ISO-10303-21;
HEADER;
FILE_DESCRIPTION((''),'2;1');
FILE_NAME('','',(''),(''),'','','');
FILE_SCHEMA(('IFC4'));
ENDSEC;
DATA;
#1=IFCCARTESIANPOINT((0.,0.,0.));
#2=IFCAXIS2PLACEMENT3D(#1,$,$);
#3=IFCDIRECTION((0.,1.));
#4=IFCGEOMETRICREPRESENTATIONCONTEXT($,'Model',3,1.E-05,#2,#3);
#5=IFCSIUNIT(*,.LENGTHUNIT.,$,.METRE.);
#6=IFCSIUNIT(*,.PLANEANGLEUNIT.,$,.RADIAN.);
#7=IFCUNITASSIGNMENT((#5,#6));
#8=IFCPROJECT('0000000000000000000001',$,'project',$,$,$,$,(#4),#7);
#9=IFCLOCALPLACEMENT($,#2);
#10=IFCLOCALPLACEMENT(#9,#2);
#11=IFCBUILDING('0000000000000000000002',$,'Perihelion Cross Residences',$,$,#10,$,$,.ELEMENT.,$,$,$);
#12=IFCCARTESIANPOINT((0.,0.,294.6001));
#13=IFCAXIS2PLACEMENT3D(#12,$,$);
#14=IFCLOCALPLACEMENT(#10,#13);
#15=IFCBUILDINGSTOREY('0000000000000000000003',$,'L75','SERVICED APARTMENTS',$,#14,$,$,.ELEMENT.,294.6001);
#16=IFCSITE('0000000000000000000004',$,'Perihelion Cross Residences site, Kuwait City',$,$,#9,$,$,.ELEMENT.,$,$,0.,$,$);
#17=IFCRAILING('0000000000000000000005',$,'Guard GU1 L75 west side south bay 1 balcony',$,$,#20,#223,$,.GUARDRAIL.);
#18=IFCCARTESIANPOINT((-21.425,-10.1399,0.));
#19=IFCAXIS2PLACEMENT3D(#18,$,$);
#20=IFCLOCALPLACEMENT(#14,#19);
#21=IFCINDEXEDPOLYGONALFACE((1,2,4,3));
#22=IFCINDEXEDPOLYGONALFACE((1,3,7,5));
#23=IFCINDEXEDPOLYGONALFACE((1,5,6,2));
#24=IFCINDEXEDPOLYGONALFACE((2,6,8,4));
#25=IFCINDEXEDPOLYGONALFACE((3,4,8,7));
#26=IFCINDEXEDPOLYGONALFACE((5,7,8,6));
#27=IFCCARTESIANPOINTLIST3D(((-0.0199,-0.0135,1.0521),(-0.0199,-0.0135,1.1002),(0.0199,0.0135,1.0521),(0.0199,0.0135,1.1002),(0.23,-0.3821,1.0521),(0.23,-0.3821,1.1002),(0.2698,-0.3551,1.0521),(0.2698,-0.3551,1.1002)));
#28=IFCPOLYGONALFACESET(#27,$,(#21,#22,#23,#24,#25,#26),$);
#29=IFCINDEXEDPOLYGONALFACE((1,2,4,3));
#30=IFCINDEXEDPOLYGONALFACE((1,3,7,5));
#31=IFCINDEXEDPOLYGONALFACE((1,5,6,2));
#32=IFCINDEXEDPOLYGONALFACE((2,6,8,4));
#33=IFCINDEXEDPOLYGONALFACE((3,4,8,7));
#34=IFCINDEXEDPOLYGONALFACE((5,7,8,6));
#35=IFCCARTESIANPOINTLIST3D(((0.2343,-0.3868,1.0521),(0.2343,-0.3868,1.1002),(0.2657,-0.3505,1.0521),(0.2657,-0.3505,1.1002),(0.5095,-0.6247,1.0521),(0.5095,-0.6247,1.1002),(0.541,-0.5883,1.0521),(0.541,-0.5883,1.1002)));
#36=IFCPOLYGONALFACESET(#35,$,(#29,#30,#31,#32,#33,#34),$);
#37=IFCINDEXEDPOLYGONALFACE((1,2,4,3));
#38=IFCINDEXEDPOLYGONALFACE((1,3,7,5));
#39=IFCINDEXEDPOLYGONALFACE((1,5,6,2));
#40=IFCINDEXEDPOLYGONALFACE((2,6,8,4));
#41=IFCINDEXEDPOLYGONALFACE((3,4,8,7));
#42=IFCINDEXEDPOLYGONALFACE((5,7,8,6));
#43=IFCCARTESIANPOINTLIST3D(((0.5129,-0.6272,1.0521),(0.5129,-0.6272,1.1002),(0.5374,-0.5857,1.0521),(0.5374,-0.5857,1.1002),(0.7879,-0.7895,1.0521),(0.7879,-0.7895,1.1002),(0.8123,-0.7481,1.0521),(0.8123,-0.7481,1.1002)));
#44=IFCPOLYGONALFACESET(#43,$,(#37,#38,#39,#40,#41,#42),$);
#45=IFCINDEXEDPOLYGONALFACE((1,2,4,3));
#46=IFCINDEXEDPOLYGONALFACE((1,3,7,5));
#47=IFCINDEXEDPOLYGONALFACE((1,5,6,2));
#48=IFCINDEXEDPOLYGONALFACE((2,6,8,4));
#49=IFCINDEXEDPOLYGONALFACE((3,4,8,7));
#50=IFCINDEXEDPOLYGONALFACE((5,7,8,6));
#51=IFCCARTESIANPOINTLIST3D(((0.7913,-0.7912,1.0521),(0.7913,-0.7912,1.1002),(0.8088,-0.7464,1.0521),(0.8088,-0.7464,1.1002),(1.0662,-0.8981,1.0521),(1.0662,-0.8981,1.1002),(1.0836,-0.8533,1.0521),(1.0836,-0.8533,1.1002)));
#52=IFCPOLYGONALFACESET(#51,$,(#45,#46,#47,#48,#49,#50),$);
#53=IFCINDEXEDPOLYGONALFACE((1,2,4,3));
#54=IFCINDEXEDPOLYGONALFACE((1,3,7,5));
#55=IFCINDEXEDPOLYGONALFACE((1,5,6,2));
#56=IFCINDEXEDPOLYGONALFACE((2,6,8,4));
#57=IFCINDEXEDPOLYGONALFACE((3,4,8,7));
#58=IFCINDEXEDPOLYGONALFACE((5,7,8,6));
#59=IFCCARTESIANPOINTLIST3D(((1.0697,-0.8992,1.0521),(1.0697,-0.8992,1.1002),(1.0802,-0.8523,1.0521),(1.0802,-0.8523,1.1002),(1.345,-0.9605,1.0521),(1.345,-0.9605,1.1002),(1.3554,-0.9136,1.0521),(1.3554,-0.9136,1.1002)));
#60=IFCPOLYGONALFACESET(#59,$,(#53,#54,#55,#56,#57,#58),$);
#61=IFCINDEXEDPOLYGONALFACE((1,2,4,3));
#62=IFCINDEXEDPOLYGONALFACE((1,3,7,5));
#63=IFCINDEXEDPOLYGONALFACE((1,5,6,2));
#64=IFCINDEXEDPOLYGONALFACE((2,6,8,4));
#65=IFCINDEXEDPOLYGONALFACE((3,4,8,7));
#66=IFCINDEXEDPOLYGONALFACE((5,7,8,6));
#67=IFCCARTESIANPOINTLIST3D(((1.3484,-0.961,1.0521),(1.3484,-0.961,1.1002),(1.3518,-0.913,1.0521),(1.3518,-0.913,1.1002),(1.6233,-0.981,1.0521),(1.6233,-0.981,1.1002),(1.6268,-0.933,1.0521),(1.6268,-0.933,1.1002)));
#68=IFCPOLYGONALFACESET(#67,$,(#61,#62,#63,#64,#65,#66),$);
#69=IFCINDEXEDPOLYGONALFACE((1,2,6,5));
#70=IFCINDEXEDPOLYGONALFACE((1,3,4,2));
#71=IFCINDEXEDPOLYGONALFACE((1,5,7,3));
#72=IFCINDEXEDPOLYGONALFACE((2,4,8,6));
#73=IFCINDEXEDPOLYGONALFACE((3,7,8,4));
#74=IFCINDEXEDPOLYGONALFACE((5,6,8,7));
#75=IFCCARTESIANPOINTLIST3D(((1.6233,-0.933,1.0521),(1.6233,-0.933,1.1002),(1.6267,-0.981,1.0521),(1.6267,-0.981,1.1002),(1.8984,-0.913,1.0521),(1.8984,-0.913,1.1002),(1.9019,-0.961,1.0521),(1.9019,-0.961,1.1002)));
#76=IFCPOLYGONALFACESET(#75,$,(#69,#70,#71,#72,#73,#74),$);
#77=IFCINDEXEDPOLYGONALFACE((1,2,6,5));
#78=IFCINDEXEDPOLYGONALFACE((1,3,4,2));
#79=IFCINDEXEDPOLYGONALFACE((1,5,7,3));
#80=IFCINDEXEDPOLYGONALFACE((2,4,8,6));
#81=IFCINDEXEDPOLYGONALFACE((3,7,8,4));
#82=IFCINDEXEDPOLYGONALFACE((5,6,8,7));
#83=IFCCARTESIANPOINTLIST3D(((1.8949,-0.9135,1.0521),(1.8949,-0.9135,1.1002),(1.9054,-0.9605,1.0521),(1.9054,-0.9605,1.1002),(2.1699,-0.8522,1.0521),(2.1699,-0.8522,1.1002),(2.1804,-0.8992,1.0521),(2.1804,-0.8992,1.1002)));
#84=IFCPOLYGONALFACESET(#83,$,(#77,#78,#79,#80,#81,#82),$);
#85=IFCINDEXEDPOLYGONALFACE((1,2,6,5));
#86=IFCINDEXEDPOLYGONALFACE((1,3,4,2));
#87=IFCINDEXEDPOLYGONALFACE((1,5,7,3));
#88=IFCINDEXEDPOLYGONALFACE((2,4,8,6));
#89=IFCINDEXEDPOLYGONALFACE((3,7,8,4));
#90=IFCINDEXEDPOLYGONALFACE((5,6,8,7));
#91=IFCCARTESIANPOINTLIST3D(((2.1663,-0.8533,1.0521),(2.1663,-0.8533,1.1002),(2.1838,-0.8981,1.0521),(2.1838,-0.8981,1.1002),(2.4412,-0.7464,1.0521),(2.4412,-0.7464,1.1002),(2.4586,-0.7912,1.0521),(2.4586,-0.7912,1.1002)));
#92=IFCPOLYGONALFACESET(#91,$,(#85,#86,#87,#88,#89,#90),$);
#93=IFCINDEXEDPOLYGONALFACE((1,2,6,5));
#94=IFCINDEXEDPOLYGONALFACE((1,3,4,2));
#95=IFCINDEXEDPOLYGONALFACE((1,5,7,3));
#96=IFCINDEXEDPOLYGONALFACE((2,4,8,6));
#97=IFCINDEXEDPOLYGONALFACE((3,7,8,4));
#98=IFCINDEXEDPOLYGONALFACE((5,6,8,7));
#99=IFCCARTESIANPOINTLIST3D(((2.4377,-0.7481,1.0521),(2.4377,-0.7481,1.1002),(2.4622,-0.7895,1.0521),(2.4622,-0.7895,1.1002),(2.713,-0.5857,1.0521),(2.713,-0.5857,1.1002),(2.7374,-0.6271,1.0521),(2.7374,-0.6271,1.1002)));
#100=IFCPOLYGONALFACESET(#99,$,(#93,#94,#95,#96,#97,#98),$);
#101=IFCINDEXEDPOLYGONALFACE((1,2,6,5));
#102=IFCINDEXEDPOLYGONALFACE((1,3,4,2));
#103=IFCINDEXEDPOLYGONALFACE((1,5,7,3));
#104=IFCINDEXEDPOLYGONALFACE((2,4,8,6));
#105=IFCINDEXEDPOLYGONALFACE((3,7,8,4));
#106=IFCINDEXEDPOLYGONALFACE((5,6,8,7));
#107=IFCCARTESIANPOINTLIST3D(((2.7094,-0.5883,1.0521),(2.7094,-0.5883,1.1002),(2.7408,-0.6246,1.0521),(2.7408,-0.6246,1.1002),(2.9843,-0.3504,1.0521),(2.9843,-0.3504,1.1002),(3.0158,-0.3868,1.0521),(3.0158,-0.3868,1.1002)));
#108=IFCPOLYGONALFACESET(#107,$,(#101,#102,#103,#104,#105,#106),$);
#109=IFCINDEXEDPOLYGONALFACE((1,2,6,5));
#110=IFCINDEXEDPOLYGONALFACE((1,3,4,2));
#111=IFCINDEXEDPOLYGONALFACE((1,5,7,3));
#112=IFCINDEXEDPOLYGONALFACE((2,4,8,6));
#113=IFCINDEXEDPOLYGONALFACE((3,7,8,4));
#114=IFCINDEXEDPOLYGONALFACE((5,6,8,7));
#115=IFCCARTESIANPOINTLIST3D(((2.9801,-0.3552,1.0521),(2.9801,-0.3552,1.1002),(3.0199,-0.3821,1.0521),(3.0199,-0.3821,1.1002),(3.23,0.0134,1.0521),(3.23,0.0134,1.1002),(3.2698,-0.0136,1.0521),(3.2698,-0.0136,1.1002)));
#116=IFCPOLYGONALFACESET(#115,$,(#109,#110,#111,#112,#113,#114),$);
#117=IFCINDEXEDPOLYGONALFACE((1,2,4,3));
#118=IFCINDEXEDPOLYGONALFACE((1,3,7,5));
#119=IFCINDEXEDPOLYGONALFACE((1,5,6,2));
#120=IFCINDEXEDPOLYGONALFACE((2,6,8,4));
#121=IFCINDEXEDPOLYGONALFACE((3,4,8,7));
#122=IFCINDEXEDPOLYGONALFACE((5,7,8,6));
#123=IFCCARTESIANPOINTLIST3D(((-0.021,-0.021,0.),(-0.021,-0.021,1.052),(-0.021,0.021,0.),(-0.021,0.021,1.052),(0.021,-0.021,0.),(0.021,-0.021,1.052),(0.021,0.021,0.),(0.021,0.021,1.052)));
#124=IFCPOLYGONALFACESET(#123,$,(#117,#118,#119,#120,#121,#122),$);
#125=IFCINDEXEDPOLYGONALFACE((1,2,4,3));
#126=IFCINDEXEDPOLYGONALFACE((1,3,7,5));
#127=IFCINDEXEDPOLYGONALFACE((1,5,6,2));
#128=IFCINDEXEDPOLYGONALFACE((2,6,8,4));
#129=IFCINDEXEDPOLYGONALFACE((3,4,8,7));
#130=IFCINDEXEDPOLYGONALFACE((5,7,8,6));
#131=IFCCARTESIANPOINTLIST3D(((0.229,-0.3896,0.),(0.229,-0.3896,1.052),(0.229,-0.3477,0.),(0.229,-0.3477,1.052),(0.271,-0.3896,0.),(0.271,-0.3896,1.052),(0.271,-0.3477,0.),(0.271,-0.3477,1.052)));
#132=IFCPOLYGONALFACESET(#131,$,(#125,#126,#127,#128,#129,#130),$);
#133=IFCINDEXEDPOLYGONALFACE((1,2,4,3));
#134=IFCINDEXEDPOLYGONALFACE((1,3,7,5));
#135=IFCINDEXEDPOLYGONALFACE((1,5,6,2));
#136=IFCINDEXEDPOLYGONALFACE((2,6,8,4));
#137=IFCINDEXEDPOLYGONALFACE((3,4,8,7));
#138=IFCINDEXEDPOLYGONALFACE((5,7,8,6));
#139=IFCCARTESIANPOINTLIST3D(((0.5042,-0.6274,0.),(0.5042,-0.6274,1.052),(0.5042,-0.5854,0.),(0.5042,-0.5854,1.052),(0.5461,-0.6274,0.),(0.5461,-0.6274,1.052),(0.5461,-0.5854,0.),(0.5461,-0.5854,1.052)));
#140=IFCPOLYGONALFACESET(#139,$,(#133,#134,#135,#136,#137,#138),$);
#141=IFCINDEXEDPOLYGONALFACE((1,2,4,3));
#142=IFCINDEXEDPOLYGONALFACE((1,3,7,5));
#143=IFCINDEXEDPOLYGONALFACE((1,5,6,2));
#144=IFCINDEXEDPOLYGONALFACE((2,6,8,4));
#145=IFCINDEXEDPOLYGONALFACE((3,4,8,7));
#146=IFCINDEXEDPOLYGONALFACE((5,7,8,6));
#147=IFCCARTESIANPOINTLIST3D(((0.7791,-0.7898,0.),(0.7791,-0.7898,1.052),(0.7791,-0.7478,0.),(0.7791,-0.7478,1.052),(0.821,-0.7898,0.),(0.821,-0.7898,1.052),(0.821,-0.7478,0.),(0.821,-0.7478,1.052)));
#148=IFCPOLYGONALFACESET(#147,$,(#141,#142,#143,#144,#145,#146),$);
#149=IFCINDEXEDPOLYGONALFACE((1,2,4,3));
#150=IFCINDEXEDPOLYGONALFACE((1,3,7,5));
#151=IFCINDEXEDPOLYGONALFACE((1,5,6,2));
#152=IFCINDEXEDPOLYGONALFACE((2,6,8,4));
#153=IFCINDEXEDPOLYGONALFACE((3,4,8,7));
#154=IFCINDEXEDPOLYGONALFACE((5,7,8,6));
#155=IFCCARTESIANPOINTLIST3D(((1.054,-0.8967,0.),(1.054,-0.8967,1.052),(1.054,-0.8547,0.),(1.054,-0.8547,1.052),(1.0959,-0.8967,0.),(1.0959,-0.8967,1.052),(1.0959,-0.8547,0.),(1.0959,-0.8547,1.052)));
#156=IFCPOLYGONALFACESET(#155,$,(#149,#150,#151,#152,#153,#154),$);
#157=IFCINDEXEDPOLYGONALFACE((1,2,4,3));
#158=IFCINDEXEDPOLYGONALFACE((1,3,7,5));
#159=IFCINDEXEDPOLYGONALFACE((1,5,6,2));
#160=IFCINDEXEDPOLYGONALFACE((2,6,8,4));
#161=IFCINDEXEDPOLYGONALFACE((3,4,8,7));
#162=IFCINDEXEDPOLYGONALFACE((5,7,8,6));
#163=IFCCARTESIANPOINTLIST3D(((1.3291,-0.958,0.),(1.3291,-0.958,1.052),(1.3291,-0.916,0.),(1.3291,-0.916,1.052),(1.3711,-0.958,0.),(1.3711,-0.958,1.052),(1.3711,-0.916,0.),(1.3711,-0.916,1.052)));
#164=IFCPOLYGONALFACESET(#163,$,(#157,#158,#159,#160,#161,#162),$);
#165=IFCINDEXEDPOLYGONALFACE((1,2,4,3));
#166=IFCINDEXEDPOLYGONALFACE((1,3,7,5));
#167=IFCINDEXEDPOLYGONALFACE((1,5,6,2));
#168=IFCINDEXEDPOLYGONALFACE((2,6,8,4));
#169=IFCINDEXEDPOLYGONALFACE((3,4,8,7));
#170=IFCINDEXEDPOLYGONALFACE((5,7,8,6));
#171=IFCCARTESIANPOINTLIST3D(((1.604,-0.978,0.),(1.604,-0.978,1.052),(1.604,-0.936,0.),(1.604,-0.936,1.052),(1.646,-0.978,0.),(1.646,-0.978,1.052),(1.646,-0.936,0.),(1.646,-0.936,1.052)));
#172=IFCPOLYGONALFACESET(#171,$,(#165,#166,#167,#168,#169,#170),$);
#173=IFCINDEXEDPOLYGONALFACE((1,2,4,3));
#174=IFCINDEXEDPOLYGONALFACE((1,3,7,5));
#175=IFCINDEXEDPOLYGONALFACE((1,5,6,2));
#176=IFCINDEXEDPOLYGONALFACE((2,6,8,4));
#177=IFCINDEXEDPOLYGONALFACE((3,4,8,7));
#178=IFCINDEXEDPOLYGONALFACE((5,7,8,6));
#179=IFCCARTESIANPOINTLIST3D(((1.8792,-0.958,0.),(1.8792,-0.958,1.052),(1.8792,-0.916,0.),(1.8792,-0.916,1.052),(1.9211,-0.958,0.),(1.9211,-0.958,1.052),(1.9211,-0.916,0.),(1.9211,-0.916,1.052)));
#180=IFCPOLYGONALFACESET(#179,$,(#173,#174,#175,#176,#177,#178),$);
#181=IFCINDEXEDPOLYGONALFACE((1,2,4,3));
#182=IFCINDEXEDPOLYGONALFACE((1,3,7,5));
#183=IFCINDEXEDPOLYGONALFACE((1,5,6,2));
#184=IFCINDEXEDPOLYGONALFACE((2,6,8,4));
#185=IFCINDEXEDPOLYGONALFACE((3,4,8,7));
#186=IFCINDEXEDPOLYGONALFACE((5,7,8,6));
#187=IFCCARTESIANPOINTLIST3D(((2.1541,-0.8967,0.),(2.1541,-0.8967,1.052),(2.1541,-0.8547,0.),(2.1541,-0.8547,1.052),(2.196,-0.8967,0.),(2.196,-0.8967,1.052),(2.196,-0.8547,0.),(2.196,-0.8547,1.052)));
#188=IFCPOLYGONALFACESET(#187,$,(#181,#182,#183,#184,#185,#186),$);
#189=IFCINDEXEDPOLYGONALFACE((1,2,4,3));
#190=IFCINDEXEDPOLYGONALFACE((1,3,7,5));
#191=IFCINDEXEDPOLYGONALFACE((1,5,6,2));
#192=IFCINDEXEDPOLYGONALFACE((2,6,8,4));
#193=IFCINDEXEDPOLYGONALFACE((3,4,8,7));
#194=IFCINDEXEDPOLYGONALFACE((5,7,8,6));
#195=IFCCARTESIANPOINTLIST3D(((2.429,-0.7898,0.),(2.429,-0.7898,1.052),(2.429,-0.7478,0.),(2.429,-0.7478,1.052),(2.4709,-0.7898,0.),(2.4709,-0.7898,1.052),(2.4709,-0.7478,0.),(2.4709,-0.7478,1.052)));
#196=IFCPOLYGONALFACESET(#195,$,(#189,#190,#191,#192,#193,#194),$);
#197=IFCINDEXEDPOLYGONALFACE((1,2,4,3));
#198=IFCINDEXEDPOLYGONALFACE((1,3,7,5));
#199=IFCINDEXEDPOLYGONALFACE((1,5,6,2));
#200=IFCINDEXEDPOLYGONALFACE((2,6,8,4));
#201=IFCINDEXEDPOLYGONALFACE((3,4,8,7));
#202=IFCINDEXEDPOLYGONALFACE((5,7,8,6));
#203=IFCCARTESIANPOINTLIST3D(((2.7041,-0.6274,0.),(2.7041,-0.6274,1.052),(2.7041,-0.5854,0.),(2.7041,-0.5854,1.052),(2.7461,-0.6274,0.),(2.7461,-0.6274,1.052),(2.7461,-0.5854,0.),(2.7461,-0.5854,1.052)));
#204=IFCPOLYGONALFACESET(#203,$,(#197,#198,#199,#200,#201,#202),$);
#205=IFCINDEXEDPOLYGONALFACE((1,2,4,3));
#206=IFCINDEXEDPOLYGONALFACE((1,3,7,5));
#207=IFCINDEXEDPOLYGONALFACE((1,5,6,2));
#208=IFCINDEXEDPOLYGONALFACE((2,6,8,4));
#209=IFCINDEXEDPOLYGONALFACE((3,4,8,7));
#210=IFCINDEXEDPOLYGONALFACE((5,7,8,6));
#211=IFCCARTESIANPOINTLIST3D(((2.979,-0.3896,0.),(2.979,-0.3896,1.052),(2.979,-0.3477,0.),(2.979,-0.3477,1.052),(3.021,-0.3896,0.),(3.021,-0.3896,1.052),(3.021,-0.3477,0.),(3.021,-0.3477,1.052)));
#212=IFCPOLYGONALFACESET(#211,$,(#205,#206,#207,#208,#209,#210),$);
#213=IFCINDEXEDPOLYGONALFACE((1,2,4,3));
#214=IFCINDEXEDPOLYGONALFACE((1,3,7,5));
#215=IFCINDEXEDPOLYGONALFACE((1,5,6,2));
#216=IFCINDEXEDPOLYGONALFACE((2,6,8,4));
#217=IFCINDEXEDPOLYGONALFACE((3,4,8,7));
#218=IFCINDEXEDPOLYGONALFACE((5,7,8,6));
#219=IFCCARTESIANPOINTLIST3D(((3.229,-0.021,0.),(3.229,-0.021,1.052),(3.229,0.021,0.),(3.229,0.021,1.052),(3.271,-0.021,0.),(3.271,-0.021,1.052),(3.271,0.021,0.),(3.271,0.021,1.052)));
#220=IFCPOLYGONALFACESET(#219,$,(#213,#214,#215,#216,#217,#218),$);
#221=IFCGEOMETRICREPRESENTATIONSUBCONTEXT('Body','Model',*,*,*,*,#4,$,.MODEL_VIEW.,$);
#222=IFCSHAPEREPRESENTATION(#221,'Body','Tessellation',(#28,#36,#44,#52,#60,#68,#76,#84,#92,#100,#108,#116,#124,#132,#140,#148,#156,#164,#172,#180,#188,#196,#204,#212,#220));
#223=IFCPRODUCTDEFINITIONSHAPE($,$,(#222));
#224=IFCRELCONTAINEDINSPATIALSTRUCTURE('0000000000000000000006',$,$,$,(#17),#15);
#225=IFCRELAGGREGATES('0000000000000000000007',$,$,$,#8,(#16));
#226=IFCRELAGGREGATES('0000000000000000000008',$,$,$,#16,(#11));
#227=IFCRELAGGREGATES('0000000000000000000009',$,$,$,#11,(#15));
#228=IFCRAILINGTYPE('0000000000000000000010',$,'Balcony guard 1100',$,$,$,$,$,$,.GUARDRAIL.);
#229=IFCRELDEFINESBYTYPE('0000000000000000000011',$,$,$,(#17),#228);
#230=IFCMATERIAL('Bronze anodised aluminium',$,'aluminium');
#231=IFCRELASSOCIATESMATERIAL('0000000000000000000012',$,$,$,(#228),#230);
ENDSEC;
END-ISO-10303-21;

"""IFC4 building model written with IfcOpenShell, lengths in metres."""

from ifc_helpers import new_model, si_unit, direction, frame, origin, origin_2d, place, context, subcontext, project, spatial, rectangle, extrude, material, type_object, element, save


model = new_model("IFC4")

# Units and contexts
model_context = context("Model", 3, precision=1e-05, world=origin(), true_north=direction((0.0, 1.0)))
body_context = subcontext(model_context, "Body", "Model", "MODEL_VIEW")
ifc_project = project(units=[si_unit("LENGTHUNIT", "METRE"), si_unit("PLANEANGLEUNIT", "RADIAN")], contexts=[model_context])

# Site, building, storey
site_placement = place(None, origin())
site = spatial("IfcSite", under=ifc_project, at=site_placement, Name="Perihelion Cross Residences site, Kuwait City", CompositionType="ELEMENT", RefElevation=0.0)
building_placement = place(site_placement, origin())
building = spatial("IfcBuilding", under=site, at=building_placement, Name="Perihelion Cross Residences", CompositionType="ELEMENT")
storey_placement = place(building_placement, frame((0.0, 0.0, 294.6001)))
storey = spatial("IfcBuildingStorey", under=building, at=storey_placement, Name="L75", Description="SERVICED APARTMENTS", CompositionType="ELEMENT", Elevation=294.6001)

# Railing
ifc_material_1 = material(Name="Bronze anodised aluminium", Category="aluminium")
railing_type_1 = type_object("IfcRailingType", Name="Balcony guard 1100", PredefinedType="GUARDRAIL", material=ifc_material_1)
railing_1_placement = place(storey_placement, frame((-21.425, -10.1399, 0.0)))
element("IfcRailing", 1, at=railing_1_placement, inside=storey, type_object=railing_type_1, Name="Guard GU1 L75 west side south bay 1 balcony", PredefinedType="GUARDRAIL", context=body_context, shape_type="SweptSolid", body=[
    extrude(rectangle(XDim=0.0481, YDim=0.0481, at=origin_2d()), frame((0.0, 0.0, 1.0762), z_axis=(0.56126, -0.827639, 0.0), x_axis=(0.827639, 0.56126, 0.0)), (0.0, 0.0, 1.0), 0.4453),
    extrude(rectangle(XDim=0.0481, YDim=0.0481, at=origin_2d()), frame((0.25, -0.3687, 1.0762), z_axis=(0.756597, -0.653882, 0.0), x_axis=(0.653882, 0.756597, 0.0)), (0.0, 0.0, 1.0), 0.3638),
    extrude(rectangle(XDim=0.0481, YDim=0.0481, at=origin_2d()), frame((0.5251, -0.6064, 1.0762), z_axis=(0.861048, -0.508523, 0.0), x_axis=(0.508523, 0.861048, 0.0)), (0.0, 0.0, 1.0), 0.3193),
    extrude(rectangle(XDim=0.0481, YDim=0.0481, at=origin_2d()), frame((0.8, -0.7688, 1.0762), z_axis=(0.931974, -0.362526, 0.0), x_axis=(0.362526, 0.931974, 0.0)), (0.0, 0.0, 1.0), 0.2949),
    extrude(rectangle(XDim=0.0481, YDim=0.0481, at=origin_2d()), frame((1.075, -0.8757, 1.0762), z_axis=(0.976085, -0.217389, 0.0), x_axis=(0.217389, 0.976085, 0.0)), (0.0, 0.0, 1.0), 0.282),
    extrude(rectangle(XDim=0.0481, YDim=0.0481, at=origin_2d()), frame((1.3501, -0.937, 1.0762), z_axis=(0.997359, -0.072632, 0.0), x_axis=(0.072632, 0.997359, 0.0)), (0.0, 0.0, 1.0), 0.2756),
    extrude(rectangle(XDim=0.0481, YDim=0.0481, at=origin_2d()), frame((1.625, -0.957, 1.0762), z_axis=(0.997363, 0.072568, 0.0), x_axis=(-0.072568, 0.997363, 0.0)), (0.0, 0.0, 1.0), 0.2759),
    extrude(rectangle(XDim=0.0481, YDim=0.0481, at=origin_2d()), frame((1.9001, -0.937, 1.0762), z_axis=(0.976044, 0.217573, 0.0), x_axis=(-0.217573, 0.976044, 0.0)), (0.0, 0.0, 1.0), 0.2817),
    extrude(rectangle(XDim=0.0481, YDim=0.0481, at=origin_2d()), frame((2.175, -0.8757, 1.0762), z_axis=(0.931974, 0.362526, 0.0), x_axis=(-0.362526, 0.931974, 0.0)), (0.0, 0.0, 1.0), 0.2949),
    extrude(rectangle(XDim=0.0481, YDim=0.0481, at=origin_2d()), frame((2.45, -0.7688, 1.0762), z_axis=(0.861246, 0.508189, 0.0), x_axis=(-0.508189, 0.861246, 0.0)), (0.0, 0.0, 1.0), 0.3196),
    extrude(rectangle(XDim=0.0481, YDim=0.0481, at=origin_2d()), frame((2.7251, -0.6064, 1.0762), z_axis=(0.756309, 0.654214, 0.0), x_axis=(-0.654214, 0.756309, 0.0)), (0.0, 0.0, 1.0), 0.3635),
    extrude(rectangle(XDim=0.0481, YDim=0.0481, at=origin_2d()), frame((3.0, -0.3687, 1.0762), z_axis=(0.56126, 0.827639, 0.0), x_axis=(-0.827639, 0.56126, 0.0)), (0.0, 0.0, 1.0), 0.4453),
    extrude(rectangle(XDim=0.042, YDim=0.042, at=origin_2d()), origin(), (0.0, 0.0, 1.0), 1.052),
    extrude(rectangle(XDim=0.042, YDim=0.042, at=origin_2d()), frame((0.25, -0.3687, 0.0)), (0.0, 0.0, 1.0), 1.052),
    extrude(rectangle(XDim=0.042, YDim=0.042, at=origin_2d()), frame((0.5251, -0.6064, 0.0)), (0.0, 0.0, 1.0), 1.052),
    extrude(rectangle(XDim=0.042, YDim=0.042, at=origin_2d()), frame((0.8, -0.7688, 0.0)), (0.0, 0.0, 1.0), 1.052),
    extrude(rectangle(XDim=0.042, YDim=0.042, at=origin_2d()), frame((1.075, -0.8757, 0.0)), (0.0, 0.0, 1.0), 1.052),
    extrude(rectangle(XDim=0.042, YDim=0.042, at=origin_2d()), frame((1.3501, -0.937, 0.0)), (0.0, 0.0, 1.0), 1.052),
    extrude(rectangle(XDim=0.042, YDim=0.042, at=origin_2d()), frame((1.625, -0.957, 0.0)), (0.0, 0.0, 1.0), 1.052),
    extrude(rectangle(XDim=0.042, YDim=0.042, at=origin_2d()), frame((1.9001, -0.937, 0.0)), (0.0, 0.0, 1.0), 1.052),
    extrude(rectangle(XDim=0.042, YDim=0.042, at=origin_2d()), frame((2.175, -0.8757, 0.0)), (0.0, 0.0, 1.0), 1.052),
    extrude(rectangle(XDim=0.042, YDim=0.042, at=origin_2d()), frame((2.45, -0.7688, 0.0)), (0.0, 0.0, 1.0), 1.052),
    extrude(rectangle(XDim=0.042, YDim=0.042, at=origin_2d()), frame((2.7251, -0.6064, 0.0)), (0.0, 0.0, 1.0), 1.052),
    extrude(rectangle(XDim=0.042, YDim=0.042, at=origin_2d()), frame((3.0, -0.3687, 0.0)), (0.0, 0.0, 1.0), 1.052),
    extrude(rectangle(XDim=0.042, YDim=0.042, at=origin_2d()), frame((3.25, 0.0, 0.0)), (0.0, 0.0, 1.0), 1.052),
])

save(model, "model.ifc")
